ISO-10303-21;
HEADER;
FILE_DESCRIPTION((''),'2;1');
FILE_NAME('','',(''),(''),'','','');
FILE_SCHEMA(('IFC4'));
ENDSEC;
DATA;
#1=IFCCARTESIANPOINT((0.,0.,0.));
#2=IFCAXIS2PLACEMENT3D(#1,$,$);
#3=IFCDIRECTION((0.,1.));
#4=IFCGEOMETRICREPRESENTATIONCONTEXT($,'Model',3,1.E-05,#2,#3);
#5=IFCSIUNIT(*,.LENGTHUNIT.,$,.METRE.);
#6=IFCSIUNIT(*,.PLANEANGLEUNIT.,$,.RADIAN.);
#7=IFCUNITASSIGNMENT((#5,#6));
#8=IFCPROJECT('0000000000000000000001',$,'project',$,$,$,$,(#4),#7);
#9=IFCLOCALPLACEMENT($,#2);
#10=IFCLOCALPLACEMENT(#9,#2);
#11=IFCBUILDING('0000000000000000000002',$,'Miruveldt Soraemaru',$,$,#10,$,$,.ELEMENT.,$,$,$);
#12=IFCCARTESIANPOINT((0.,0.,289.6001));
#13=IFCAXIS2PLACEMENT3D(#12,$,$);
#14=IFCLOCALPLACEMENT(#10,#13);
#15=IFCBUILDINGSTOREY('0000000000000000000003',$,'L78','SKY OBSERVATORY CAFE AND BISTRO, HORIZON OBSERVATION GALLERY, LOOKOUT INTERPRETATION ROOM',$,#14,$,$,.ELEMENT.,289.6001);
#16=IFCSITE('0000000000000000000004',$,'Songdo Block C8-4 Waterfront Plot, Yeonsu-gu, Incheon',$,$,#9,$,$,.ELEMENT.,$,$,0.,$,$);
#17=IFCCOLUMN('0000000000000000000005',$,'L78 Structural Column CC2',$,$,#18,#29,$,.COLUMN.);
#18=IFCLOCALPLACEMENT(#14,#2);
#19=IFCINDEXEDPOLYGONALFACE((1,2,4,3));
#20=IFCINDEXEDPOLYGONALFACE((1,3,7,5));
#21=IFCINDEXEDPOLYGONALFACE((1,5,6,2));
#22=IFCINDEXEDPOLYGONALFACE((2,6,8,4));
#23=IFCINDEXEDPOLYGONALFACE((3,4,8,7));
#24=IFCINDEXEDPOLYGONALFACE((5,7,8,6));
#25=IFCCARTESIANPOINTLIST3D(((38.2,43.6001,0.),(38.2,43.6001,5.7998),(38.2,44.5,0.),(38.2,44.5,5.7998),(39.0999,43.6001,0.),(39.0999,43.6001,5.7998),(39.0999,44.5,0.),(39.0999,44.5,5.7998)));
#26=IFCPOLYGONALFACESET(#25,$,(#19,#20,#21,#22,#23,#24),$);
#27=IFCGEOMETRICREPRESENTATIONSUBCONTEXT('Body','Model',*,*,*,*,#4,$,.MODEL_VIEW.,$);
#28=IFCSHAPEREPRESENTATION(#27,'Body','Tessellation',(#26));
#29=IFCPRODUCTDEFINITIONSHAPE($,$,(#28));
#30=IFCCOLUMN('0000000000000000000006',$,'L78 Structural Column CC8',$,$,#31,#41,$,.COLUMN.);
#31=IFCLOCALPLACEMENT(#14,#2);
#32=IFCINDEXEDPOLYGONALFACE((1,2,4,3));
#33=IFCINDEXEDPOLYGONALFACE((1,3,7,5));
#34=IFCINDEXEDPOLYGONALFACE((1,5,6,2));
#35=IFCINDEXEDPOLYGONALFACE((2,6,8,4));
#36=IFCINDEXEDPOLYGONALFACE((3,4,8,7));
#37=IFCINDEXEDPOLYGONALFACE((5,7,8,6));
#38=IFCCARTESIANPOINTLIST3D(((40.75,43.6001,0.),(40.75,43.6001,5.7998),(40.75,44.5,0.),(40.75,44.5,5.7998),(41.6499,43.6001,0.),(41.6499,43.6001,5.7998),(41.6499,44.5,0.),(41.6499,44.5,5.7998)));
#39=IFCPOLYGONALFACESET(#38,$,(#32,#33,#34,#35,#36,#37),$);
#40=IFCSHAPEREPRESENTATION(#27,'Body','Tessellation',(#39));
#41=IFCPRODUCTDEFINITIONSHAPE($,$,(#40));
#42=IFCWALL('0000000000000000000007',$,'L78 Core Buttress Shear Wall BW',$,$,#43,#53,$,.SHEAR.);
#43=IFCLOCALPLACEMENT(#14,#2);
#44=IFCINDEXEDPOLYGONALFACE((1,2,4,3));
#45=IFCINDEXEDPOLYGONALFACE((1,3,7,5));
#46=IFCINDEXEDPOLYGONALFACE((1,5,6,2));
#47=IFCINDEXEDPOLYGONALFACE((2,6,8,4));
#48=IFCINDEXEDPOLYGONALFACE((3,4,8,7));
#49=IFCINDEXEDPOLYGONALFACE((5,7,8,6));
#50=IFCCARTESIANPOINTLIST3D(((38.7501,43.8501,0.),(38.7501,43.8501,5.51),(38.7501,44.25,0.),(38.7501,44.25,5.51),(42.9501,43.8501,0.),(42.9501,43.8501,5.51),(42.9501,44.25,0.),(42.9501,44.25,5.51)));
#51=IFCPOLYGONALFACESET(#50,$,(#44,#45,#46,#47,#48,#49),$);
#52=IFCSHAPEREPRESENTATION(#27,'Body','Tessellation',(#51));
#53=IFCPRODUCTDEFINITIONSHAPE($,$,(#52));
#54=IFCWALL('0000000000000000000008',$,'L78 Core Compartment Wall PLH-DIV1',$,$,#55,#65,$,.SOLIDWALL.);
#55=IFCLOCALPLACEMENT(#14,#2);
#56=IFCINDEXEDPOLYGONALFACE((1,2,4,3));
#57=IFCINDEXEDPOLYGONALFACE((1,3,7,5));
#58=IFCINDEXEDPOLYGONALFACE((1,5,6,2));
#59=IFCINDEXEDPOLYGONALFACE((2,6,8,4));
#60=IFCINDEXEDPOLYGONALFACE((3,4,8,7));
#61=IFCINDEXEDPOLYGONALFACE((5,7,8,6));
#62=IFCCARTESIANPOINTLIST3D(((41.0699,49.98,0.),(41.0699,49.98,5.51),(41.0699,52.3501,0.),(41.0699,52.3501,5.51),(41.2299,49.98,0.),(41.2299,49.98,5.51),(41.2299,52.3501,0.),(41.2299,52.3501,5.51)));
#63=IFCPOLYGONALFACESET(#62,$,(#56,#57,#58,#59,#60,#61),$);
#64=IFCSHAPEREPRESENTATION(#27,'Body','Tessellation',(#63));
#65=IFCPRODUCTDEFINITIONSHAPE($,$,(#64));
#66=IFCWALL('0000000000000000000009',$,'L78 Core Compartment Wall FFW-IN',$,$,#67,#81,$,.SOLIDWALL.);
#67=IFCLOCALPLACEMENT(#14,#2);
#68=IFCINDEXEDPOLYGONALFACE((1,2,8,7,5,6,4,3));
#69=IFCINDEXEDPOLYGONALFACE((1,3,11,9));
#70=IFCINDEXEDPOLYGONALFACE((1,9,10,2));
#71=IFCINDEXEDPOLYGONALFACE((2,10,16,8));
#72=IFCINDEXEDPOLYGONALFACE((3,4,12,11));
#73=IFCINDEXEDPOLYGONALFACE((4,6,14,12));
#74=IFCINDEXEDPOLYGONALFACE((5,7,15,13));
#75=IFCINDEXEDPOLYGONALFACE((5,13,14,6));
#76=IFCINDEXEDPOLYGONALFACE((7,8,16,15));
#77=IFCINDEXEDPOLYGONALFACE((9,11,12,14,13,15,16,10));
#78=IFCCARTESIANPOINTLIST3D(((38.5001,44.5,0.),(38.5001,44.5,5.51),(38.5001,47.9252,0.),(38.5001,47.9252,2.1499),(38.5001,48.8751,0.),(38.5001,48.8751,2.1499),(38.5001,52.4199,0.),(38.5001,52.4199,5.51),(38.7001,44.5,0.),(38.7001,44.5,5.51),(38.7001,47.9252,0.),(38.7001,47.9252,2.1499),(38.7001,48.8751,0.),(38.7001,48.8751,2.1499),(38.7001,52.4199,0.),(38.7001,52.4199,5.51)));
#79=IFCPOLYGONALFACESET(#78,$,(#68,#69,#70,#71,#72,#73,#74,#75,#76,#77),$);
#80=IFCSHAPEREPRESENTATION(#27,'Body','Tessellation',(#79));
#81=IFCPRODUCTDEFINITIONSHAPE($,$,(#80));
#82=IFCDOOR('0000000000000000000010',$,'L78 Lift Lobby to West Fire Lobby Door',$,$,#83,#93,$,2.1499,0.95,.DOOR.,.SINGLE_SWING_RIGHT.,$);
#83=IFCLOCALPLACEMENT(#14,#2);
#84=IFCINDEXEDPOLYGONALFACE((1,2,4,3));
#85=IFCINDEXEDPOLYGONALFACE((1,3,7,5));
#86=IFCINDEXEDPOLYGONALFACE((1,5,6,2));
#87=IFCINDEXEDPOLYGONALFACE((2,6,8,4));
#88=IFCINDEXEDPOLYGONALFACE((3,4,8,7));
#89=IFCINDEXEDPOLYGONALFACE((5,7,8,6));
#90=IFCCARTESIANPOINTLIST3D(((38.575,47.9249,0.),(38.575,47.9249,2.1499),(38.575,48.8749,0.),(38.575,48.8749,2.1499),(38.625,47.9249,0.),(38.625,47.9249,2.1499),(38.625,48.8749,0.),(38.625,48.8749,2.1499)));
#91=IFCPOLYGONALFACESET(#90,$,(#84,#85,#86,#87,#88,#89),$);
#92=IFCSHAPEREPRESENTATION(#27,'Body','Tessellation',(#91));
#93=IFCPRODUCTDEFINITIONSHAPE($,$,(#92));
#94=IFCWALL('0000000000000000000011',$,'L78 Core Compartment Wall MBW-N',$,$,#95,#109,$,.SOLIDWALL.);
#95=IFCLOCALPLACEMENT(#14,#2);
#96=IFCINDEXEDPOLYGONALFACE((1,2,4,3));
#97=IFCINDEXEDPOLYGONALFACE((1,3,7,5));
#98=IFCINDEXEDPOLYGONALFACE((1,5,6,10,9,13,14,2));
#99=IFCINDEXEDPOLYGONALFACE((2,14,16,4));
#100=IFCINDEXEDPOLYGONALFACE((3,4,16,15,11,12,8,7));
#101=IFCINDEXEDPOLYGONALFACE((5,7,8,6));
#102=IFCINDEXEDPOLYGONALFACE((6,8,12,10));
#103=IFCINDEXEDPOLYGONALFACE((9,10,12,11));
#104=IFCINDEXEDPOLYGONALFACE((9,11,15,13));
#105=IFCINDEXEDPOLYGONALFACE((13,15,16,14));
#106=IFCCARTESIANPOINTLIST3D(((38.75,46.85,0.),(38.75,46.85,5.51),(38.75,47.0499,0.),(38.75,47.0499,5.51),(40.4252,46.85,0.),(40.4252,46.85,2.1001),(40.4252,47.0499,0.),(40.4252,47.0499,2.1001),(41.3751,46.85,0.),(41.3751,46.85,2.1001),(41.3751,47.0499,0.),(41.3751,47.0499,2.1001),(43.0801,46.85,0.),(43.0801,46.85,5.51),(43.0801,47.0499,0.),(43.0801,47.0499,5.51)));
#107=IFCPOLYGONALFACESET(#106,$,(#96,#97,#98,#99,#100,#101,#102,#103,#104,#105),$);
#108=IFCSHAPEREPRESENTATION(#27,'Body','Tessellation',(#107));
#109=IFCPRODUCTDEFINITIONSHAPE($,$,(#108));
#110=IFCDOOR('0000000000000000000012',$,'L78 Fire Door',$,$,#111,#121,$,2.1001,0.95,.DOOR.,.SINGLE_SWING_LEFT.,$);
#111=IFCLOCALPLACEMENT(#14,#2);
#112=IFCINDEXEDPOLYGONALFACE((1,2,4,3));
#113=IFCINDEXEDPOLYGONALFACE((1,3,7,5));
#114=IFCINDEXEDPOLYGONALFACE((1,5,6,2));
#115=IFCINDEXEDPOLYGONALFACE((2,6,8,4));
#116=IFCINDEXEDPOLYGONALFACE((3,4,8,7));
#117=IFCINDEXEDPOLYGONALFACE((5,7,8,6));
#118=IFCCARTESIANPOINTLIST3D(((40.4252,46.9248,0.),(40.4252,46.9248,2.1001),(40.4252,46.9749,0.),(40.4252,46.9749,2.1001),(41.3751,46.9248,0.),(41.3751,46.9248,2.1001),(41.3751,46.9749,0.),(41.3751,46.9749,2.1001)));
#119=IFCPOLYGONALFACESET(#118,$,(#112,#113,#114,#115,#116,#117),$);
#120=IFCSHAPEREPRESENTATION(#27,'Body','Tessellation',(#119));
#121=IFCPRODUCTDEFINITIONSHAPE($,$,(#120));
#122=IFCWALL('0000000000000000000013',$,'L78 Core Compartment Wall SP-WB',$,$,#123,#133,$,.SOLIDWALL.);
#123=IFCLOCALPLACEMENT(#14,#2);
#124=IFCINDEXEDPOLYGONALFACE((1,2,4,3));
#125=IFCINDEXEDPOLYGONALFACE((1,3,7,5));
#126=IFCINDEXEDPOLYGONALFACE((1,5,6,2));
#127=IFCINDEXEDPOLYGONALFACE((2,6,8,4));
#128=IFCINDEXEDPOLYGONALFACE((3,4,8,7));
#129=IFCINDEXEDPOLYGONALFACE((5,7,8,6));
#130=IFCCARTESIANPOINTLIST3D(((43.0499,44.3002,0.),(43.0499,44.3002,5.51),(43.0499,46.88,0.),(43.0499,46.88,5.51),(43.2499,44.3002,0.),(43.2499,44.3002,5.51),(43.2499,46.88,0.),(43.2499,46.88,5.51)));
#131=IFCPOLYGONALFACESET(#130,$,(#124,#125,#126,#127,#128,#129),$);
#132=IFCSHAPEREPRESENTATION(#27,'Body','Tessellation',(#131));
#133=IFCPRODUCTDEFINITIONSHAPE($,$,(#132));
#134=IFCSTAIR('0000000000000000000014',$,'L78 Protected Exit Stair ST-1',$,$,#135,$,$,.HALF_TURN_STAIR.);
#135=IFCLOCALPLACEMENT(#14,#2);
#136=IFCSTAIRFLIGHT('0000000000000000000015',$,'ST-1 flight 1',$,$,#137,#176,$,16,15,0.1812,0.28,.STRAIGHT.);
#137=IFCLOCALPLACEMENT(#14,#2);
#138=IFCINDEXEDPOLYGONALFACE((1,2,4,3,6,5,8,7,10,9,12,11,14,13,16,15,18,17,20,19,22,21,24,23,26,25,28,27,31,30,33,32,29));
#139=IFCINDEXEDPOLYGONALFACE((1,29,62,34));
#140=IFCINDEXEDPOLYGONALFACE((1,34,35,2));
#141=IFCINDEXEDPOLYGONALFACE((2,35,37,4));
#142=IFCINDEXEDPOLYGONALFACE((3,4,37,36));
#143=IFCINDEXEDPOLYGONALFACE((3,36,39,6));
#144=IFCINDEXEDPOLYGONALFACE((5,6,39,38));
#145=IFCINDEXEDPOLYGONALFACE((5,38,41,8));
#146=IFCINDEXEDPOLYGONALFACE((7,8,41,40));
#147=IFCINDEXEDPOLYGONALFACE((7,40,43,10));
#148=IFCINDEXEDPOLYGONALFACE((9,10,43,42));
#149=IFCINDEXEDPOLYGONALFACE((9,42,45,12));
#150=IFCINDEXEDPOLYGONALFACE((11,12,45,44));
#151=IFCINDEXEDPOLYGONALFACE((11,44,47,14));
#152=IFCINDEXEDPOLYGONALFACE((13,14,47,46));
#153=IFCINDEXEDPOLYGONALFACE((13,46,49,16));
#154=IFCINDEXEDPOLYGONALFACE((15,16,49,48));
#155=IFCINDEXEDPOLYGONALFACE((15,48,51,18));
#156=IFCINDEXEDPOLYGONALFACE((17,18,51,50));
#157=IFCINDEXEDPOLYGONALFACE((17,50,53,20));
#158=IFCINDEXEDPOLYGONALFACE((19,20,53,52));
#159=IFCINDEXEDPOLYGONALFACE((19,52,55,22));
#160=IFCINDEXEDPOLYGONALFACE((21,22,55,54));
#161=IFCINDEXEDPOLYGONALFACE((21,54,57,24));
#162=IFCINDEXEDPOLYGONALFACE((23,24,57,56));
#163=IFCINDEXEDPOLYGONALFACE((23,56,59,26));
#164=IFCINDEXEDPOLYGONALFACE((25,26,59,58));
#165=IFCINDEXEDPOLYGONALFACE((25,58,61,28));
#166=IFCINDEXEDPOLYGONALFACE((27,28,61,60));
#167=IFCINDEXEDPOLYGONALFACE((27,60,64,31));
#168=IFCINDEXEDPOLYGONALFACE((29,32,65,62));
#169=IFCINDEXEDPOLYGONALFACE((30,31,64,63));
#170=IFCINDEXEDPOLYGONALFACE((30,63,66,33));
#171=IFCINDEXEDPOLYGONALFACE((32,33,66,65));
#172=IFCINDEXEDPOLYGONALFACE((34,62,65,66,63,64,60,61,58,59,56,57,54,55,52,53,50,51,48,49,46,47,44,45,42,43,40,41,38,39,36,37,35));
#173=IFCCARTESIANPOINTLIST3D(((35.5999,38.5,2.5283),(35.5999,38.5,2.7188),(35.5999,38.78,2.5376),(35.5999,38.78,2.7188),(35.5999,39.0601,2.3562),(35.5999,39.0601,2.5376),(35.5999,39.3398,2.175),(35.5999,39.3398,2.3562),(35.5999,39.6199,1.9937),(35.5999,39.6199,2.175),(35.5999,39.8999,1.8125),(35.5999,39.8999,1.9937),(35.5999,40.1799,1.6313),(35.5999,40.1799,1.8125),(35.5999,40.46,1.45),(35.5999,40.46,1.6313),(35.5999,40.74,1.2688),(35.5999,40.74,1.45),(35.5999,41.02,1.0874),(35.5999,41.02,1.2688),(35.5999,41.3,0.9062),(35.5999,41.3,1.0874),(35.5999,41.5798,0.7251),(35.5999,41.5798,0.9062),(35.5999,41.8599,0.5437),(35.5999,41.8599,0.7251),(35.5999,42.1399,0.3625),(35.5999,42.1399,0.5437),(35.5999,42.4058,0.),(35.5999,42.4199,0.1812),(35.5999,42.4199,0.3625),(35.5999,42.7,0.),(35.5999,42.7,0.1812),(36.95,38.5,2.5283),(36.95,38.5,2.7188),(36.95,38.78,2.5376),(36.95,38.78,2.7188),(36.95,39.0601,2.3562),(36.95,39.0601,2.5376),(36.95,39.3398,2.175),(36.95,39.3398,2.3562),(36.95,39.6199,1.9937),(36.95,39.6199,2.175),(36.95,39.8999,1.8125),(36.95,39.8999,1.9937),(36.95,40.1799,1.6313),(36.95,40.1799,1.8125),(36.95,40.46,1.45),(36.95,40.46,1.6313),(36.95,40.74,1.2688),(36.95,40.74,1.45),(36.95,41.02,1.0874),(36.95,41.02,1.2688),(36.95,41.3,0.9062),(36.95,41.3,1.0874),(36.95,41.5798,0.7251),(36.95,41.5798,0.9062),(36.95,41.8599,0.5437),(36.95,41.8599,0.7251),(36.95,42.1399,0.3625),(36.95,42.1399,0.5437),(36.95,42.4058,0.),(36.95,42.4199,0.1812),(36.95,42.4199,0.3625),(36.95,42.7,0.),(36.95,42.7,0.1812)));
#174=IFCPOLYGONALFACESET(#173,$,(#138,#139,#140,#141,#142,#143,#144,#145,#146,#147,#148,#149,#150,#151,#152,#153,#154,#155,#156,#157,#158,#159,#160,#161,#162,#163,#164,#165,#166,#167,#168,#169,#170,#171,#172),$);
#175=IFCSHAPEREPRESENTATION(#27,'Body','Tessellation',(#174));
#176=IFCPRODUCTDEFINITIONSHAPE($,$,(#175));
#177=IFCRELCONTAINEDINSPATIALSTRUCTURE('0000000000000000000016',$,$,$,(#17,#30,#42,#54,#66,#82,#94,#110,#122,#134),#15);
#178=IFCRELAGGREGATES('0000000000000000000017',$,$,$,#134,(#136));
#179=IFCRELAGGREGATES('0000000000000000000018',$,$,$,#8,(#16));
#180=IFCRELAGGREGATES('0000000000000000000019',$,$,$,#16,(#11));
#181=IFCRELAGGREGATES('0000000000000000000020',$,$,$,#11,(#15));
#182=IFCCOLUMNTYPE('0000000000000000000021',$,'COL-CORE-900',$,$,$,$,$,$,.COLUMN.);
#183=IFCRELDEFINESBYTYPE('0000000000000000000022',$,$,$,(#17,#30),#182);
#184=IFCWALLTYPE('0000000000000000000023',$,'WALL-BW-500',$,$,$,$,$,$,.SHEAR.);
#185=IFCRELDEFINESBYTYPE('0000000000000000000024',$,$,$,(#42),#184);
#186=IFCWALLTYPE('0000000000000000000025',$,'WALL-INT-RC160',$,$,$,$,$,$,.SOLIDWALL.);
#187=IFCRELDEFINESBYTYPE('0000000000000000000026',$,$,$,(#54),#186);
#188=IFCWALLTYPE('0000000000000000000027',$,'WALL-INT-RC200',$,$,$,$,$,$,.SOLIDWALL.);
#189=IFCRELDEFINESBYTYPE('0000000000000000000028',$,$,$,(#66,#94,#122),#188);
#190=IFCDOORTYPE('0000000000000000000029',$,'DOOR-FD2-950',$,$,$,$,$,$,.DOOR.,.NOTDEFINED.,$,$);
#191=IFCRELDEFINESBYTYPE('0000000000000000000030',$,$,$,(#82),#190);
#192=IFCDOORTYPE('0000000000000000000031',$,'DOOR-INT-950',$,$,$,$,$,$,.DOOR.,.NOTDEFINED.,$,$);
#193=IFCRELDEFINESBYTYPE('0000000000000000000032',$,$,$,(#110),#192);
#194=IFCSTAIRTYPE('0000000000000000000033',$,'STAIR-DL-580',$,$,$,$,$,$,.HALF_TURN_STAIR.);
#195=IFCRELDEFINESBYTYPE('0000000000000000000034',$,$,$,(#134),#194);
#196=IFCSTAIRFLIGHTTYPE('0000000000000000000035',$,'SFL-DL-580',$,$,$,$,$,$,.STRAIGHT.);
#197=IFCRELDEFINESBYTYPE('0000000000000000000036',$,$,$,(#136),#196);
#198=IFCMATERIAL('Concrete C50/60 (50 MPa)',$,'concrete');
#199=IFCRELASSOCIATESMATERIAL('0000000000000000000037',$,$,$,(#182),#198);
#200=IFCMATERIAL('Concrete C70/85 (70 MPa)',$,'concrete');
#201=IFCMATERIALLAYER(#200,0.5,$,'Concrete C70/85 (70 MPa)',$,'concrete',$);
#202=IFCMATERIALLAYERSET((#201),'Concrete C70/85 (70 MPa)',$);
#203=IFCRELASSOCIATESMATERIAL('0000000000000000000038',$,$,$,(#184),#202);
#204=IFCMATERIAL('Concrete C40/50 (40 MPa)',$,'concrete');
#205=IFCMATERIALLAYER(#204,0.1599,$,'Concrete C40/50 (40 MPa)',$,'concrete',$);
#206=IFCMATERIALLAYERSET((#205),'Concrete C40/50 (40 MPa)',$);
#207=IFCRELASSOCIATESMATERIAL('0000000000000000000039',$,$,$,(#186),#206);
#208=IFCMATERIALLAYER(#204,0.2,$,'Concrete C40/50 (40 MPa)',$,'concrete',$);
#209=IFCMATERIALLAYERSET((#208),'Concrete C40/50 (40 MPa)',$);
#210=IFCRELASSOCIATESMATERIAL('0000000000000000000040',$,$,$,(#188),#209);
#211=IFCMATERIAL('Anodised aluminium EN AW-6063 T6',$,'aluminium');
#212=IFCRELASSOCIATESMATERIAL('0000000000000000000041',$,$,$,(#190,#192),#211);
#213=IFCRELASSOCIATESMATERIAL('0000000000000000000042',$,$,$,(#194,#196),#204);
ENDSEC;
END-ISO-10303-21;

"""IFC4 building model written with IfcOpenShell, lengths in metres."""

from ifc_helpers import new_model, si_unit, direction, frame, frame_2d, origin, origin_2d, place, context, subcontext, project, spatial, polyline, rectangle, outline, extrude, material, layer, layer_set, material_profile, profile_set, type_object, element, fill, aggregate, save


model = new_model("IFC4")

# Units and contexts
model_context = context("Model", 3, precision=1e-05, world=origin(), true_north=direction((0.0, 1.0)))
body_context = subcontext(model_context, "Body", "Model", "MODEL_VIEW")
ifc_project = project(units=[si_unit("LENGTHUNIT", "METRE"), si_unit("PLANEANGLEUNIT", "RADIAN")], contexts=[model_context])

# Site, building, storey
site_placement = place(None, origin())
site = spatial("IfcSite", under=ifc_project, at=site_placement, Name="Songdo Block C8-4 Waterfront Plot, Yeonsu-gu, Incheon", CompositionType="ELEMENT", RefElevation=0.0)
building_placement = place(site_placement, origin())
building = spatial("IfcBuilding", under=site, at=building_placement, Name="Miruveldt Soraemaru", CompositionType="ELEMENT")
storey_placement = place(building_placement, frame((0.0, 0.0, 289.6001)))
storey = spatial("IfcBuildingStorey", under=building, at=storey_placement, Name="L78", Description="SKY OBSERVATORY CAFE AND BISTRO, HORIZON OBSERVATION GALLERY, LOOKOUT INTERPRETATION ROOM", CompositionType="ELEMENT", Elevation=289.6001)

# Columns
ifc_material_1 = material(Name="Concrete C50/60 (50 MPa)", Category="concrete")
ifc_material_profile = material_profile(ifc_material_1, rectangle(XDim=0.8999, YDim=0.8999, at=origin_2d()), Name="Concrete C50/60 (50 MPa)", Category="concrete")
ifc_profile_set = profile_set([ifc_material_profile], Name="Concrete C50/60 (50 MPa)")
column_type = type_object("IfcColumnType", Name="COL-CORE-900", PredefinedType="COLUMN", material=ifc_profile_set)
for number, where, z_axis, x_axis, name in (
    (1, (38.6499, 44.05, 0.0), (0.0, 0.0, 1.0), (1.0, 0.0, 0.0), "L78 Structural Column CC2"),
    (2, (41.2, 44.05, 0.0), (0.0, 0.0, 1.0), (1.0, 0.0, 0.0), "L78 Structural Column CC8"),
):
    element("IfcColumn", number, at=place(storey_placement, frame(where, z_axis=z_axis, x_axis=x_axis)), inside=storey, type_object=column_type, Name=name, PredefinedType="COLUMN", context=body_context, shape_type="SweptSolid", body=[
        extrude(rectangle(XDim=0.8999, YDim=0.8999, at=origin_2d()), origin(), (0.0, 0.0, 1.0), 5.7998),
    ])

# Walls
ifc_material_2 = material(Name="Concrete C70/85 (70 MPa)", Category="concrete")
ifc_layer_1 = layer(ifc_material_2, 0.5, Name="Concrete C70/85 (70 MPa)", Category="concrete")
ifc_layer_set_1 = layer_set([ifc_layer_1], Name="Concrete C70/85 (70 MPa)")
wall_type_1 = type_object("IfcWallType", Name="WALL-BW-500", PredefinedType="SHEAR", material=ifc_layer_set_1)
wall_1_placement = place(storey_placement, frame((38.75, 44.05, 0.0), z_axis=(0.0, 0.0, 1.0), x_axis=(1.0, 0.0, 0.0)))
element("IfcWall", 3, at=wall_1_placement, inside=storey, type_object=wall_type_1, Name="L78 Core Buttress Shear Wall BW", PredefinedType="SHEAR", context=body_context, shape_type="SweptSolid", body=[
    extrude(rectangle(XDim=4.2, YDim=0.3999, at=frame_2d((2.1001, 0.0))), origin(), (0.0, 0.0, 1.0), 5.51),
])
ifc_material_3 = material(Name="Concrete C40/50 (40 MPa)", Category="concrete")
ifc_layer_2 = layer(ifc_material_3, 0.1599, Name="Concrete C40/50 (40 MPa)", Category="concrete")
ifc_layer_set_2 = layer_set([ifc_layer_2], Name="Concrete C40/50 (40 MPa)")
wall_type_2 = type_object("IfcWallType", Name="WALL-INT-RC160", PredefinedType="SOLIDWALL", material=ifc_layer_set_2)
wall_2_placement = place(storey_placement, frame((41.1499, 49.98, 0.0), z_axis=(0.0, 0.0, 1.0), x_axis=(0.0, 1.0, 0.0)))
element("IfcWall", 4, at=wall_2_placement, inside=storey, type_object=wall_type_2, Name="L78 Core Compartment Wall PLH-DIV1", PredefinedType="SOLIDWALL", context=body_context, shape_type="SweptSolid", body=[
    extrude(rectangle(XDim=2.3701, YDim=0.1599, at=frame_2d((1.1851, 0.0))), origin(), (0.0, 0.0, 1.0), 5.51),
])

# Wall, opening, door
ifc_layer_3 = layer(ifc_material_3, 0.2, Name="Concrete C40/50 (40 MPa)", Category="concrete")
ifc_layer_set_3 = layer_set([ifc_layer_3], Name="Concrete C40/50 (40 MPa)")
wall_type_3 = type_object("IfcWallType", Name="WALL-INT-RC200", PredefinedType="SOLIDWALL", material=ifc_layer_set_3)
wall_3_placement = place(storey_placement, frame((38.6001, 44.5, 0.0), z_axis=(0.0, 0.0, 1.0), x_axis=(0.0, 1.0, 0.0)))
wall_3 = element("IfcWall", 5, at=wall_3_placement, inside=storey, type_object=wall_type_3, Name="L78 Core Compartment Wall FFW-IN", PredefinedType="SOLIDWALL", context=body_context, shape_type="SweptSolid", body=[
    extrude(rectangle(XDim=7.9199, YDim=0.2, at=frame_2d((3.96, 0.0))), origin(), (0.0, 0.0, 1.0), 5.51),
])
opening_1_placement = place(wall_3_placement, frame((3.425, 0.0, 0.0)))
opening_1 = element("IfcOpeningElement", 6, at=opening_1_placement, cuts=wall_3, PredefinedType="OPENING", context=body_context, shape_type="SweptSolid", body=[
    extrude(rectangle(XDim=0.95, YDim=2.1499, at=frame_2d((0.4751, 1.075))), frame((0.0, 0.1099, 0.0), z_axis=(0.0, -1.0, 0.0), x_axis=(1.0, 0.0, 0.0)), (0.0, 0.0, 1.0), 0.22),
])
ifc_material_4 = material(Name="Anodised aluminium EN AW-6063 T6", Category="aluminium")
door_type_1 = type_object("IfcDoorType", Name="DOOR-FD2-950", OperationType="NOTDEFINED", PredefinedType="DOOR", material=ifc_material_4)
door_1_placement = place(opening_1_placement, frame((0.95, 0.0, 0.0), z_axis=(0.0, 0.0, 1.0), x_axis=(-1.0, 0.0, 0.0)))
door_1 = element("IfcDoor", 7, at=door_1_placement, inside=storey, type_object=door_type_1, Name="L78 Lift Lobby to West Fire Lobby Door", OperationType="SINGLE_SWING_RIGHT", OverallHeight=2.1499, OverallWidth=0.95, PredefinedType="DOOR", context=body_context, shape_type="SweptSolid", body=[
    extrude(rectangle(XDim=0.95, YDim=2.1499, at=frame_2d((0.4751, 1.075))), frame((0.0, 0.0249, 0.0), z_axis=(0.0, -1.0, 0.0), x_axis=(1.0, 0.0, 0.0)), (0.0, 0.0, 1.0), 0.05),
])
fill(opening_1, door_1)

# Wall, opening, door
wall_4_placement = place(storey_placement, frame((38.75, 46.95, 0.0), z_axis=(0.0, 0.0, 1.0), x_axis=(1.0, 0.0, 0.0)))
wall_4 = element("IfcWall", 8, at=wall_4_placement, inside=storey, type_object=wall_type_3, Name="L78 Core Compartment Wall MBW-N", PredefinedType="SOLIDWALL", context=body_context, shape_type="SweptSolid", body=[
    extrude(rectangle(XDim=4.3301, YDim=0.2, at=frame_2d((2.165, 0.0))), origin(), (0.0, 0.0, 1.0), 5.51),
])
opening_2_placement = place(wall_4_placement, frame((1.675, 0.0, 0.0)))
opening_2 = element("IfcOpeningElement", 9, at=opening_2_placement, cuts=wall_4, PredefinedType="OPENING", context=body_context, shape_type="SweptSolid", body=[
    extrude(rectangle(XDim=0.95, YDim=2.1001, at=frame_2d((0.4751, 1.05))), frame((0.0, 0.1099, 0.0), z_axis=(0.0, -1.0, 0.0), x_axis=(1.0, 0.0, 0.0)), (0.0, 0.0, 1.0), 0.22),
])
door_type_2 = type_object("IfcDoorType", Name="DOOR-INT-950", OperationType="NOTDEFINED", PredefinedType="DOOR", material=ifc_material_4)
door_2_placement = place(opening_2_placement, origin())
door_2 = element("IfcDoor", 10, at=door_2_placement, inside=storey, type_object=door_type_2, Name="L78 Fire Door", OperationType="SINGLE_SWING_LEFT", OverallHeight=2.1001, OverallWidth=0.95, PredefinedType="DOOR", context=body_context, shape_type="SweptSolid", body=[
    extrude(rectangle(XDim=0.95, YDim=2.1001, at=frame_2d((0.4751, 1.05))), frame((0.0, 0.0249, 0.0), z_axis=(0.0, -1.0, 0.0), x_axis=(1.0, 0.0, 0.0)), (0.0, 0.0, 1.0), 0.05),
])
fill(opening_2, door_2)

# Wall
wall_5_placement = place(storey_placement, frame((43.1499, 44.3, 0.0), z_axis=(0.0, 0.0, 1.0), x_axis=(0.0, 1.0, 0.0)))
element("IfcWall", 11, at=wall_5_placement, inside=storey, type_object=wall_type_3, Name="L78 Core Compartment Wall SP-WB", PredefinedType="SOLIDWALL", context=body_context, shape_type="SweptSolid", body=[
    extrude(rectangle(XDim=2.5798, YDim=0.2, at=frame_2d((1.29, 0.0))), origin(), (0.0, 0.0, 1.0), 5.51),
])

# Stair, stair flight
stair_type = type_object("IfcStairType", Name="STAIR-DL-580", PredefinedType="HALF_TURN_STAIR", material=ifc_material_3)
stair_placement = place(storey_placement, origin())
stair = element("IfcStair", 12, at=stair_placement, inside=storey, type_object=stair_type, Name="L78 Protected Exit Stair ST-1", PredefinedType="HALF_TURN_STAIR")
stair_flight_type = type_object("IfcStairFlightType", Name="SFL-DL-580", PredefinedType="STRAIGHT", material=ifc_material_3)
stair_flight_placement = place(storey_placement, frame((36.2749, 42.7, 0.0), z_axis=(0.0, 0.0, 1.0), x_axis=(0.0, -1.0, 0.0)))
stair_flight = element("IfcStairFlight", 13, at=stair_flight_placement, type_object=stair_flight_type, Name="ST-1 flight 1", NumberOfRisers=16, NumberOfTreads=15, PredefinedType="STRAIGHT", RiserHeight=0.1812, TreadLength=0.28, context=body_context, shape_type="SweptSolid", body=[
    extrude(outline(polyline([(0.0, 0.0), (0.0, 0.1812), (0.28, 0.1812), (0.28, 0.3625), (0.5601, 0.3625), (0.5601, 0.5437), (0.8401, 0.5437), (0.8401, 0.7251), (1.1201, 0.7251), (1.1201, 0.9062), (1.3999, 0.9062), (1.3999, 1.0874), (1.6799, 1.0874), (1.6799, 1.2688), (1.96, 1.2688), (1.96, 1.45), (2.24, 1.45), (2.24, 1.6313), (2.52, 1.6313), (2.52, 1.8125), (2.8, 1.8125), (2.8, 1.9937), (3.0801, 1.9937), (3.0801, 2.175), (3.3601, 2.175), (3.3601, 2.3562), (3.6399, 2.3562), (3.6399, 2.5376), (3.9199, 2.5376), (3.9199, 2.7188), (4.2, 2.7188), (4.2, 2.8999), (4.2, 2.5283), (0.2942, 0.0), (0.0, 0.0)])), frame((0.0, 0.675, 0.0), z_axis=(0.0, -1.0, 0.0), x_axis=(1.0, 0.0, 0.0)), (0.0, 0.0, 1.0), 1.3501),
])
aggregate(stair, [stair_flight])

save(model, "model.ifc")
